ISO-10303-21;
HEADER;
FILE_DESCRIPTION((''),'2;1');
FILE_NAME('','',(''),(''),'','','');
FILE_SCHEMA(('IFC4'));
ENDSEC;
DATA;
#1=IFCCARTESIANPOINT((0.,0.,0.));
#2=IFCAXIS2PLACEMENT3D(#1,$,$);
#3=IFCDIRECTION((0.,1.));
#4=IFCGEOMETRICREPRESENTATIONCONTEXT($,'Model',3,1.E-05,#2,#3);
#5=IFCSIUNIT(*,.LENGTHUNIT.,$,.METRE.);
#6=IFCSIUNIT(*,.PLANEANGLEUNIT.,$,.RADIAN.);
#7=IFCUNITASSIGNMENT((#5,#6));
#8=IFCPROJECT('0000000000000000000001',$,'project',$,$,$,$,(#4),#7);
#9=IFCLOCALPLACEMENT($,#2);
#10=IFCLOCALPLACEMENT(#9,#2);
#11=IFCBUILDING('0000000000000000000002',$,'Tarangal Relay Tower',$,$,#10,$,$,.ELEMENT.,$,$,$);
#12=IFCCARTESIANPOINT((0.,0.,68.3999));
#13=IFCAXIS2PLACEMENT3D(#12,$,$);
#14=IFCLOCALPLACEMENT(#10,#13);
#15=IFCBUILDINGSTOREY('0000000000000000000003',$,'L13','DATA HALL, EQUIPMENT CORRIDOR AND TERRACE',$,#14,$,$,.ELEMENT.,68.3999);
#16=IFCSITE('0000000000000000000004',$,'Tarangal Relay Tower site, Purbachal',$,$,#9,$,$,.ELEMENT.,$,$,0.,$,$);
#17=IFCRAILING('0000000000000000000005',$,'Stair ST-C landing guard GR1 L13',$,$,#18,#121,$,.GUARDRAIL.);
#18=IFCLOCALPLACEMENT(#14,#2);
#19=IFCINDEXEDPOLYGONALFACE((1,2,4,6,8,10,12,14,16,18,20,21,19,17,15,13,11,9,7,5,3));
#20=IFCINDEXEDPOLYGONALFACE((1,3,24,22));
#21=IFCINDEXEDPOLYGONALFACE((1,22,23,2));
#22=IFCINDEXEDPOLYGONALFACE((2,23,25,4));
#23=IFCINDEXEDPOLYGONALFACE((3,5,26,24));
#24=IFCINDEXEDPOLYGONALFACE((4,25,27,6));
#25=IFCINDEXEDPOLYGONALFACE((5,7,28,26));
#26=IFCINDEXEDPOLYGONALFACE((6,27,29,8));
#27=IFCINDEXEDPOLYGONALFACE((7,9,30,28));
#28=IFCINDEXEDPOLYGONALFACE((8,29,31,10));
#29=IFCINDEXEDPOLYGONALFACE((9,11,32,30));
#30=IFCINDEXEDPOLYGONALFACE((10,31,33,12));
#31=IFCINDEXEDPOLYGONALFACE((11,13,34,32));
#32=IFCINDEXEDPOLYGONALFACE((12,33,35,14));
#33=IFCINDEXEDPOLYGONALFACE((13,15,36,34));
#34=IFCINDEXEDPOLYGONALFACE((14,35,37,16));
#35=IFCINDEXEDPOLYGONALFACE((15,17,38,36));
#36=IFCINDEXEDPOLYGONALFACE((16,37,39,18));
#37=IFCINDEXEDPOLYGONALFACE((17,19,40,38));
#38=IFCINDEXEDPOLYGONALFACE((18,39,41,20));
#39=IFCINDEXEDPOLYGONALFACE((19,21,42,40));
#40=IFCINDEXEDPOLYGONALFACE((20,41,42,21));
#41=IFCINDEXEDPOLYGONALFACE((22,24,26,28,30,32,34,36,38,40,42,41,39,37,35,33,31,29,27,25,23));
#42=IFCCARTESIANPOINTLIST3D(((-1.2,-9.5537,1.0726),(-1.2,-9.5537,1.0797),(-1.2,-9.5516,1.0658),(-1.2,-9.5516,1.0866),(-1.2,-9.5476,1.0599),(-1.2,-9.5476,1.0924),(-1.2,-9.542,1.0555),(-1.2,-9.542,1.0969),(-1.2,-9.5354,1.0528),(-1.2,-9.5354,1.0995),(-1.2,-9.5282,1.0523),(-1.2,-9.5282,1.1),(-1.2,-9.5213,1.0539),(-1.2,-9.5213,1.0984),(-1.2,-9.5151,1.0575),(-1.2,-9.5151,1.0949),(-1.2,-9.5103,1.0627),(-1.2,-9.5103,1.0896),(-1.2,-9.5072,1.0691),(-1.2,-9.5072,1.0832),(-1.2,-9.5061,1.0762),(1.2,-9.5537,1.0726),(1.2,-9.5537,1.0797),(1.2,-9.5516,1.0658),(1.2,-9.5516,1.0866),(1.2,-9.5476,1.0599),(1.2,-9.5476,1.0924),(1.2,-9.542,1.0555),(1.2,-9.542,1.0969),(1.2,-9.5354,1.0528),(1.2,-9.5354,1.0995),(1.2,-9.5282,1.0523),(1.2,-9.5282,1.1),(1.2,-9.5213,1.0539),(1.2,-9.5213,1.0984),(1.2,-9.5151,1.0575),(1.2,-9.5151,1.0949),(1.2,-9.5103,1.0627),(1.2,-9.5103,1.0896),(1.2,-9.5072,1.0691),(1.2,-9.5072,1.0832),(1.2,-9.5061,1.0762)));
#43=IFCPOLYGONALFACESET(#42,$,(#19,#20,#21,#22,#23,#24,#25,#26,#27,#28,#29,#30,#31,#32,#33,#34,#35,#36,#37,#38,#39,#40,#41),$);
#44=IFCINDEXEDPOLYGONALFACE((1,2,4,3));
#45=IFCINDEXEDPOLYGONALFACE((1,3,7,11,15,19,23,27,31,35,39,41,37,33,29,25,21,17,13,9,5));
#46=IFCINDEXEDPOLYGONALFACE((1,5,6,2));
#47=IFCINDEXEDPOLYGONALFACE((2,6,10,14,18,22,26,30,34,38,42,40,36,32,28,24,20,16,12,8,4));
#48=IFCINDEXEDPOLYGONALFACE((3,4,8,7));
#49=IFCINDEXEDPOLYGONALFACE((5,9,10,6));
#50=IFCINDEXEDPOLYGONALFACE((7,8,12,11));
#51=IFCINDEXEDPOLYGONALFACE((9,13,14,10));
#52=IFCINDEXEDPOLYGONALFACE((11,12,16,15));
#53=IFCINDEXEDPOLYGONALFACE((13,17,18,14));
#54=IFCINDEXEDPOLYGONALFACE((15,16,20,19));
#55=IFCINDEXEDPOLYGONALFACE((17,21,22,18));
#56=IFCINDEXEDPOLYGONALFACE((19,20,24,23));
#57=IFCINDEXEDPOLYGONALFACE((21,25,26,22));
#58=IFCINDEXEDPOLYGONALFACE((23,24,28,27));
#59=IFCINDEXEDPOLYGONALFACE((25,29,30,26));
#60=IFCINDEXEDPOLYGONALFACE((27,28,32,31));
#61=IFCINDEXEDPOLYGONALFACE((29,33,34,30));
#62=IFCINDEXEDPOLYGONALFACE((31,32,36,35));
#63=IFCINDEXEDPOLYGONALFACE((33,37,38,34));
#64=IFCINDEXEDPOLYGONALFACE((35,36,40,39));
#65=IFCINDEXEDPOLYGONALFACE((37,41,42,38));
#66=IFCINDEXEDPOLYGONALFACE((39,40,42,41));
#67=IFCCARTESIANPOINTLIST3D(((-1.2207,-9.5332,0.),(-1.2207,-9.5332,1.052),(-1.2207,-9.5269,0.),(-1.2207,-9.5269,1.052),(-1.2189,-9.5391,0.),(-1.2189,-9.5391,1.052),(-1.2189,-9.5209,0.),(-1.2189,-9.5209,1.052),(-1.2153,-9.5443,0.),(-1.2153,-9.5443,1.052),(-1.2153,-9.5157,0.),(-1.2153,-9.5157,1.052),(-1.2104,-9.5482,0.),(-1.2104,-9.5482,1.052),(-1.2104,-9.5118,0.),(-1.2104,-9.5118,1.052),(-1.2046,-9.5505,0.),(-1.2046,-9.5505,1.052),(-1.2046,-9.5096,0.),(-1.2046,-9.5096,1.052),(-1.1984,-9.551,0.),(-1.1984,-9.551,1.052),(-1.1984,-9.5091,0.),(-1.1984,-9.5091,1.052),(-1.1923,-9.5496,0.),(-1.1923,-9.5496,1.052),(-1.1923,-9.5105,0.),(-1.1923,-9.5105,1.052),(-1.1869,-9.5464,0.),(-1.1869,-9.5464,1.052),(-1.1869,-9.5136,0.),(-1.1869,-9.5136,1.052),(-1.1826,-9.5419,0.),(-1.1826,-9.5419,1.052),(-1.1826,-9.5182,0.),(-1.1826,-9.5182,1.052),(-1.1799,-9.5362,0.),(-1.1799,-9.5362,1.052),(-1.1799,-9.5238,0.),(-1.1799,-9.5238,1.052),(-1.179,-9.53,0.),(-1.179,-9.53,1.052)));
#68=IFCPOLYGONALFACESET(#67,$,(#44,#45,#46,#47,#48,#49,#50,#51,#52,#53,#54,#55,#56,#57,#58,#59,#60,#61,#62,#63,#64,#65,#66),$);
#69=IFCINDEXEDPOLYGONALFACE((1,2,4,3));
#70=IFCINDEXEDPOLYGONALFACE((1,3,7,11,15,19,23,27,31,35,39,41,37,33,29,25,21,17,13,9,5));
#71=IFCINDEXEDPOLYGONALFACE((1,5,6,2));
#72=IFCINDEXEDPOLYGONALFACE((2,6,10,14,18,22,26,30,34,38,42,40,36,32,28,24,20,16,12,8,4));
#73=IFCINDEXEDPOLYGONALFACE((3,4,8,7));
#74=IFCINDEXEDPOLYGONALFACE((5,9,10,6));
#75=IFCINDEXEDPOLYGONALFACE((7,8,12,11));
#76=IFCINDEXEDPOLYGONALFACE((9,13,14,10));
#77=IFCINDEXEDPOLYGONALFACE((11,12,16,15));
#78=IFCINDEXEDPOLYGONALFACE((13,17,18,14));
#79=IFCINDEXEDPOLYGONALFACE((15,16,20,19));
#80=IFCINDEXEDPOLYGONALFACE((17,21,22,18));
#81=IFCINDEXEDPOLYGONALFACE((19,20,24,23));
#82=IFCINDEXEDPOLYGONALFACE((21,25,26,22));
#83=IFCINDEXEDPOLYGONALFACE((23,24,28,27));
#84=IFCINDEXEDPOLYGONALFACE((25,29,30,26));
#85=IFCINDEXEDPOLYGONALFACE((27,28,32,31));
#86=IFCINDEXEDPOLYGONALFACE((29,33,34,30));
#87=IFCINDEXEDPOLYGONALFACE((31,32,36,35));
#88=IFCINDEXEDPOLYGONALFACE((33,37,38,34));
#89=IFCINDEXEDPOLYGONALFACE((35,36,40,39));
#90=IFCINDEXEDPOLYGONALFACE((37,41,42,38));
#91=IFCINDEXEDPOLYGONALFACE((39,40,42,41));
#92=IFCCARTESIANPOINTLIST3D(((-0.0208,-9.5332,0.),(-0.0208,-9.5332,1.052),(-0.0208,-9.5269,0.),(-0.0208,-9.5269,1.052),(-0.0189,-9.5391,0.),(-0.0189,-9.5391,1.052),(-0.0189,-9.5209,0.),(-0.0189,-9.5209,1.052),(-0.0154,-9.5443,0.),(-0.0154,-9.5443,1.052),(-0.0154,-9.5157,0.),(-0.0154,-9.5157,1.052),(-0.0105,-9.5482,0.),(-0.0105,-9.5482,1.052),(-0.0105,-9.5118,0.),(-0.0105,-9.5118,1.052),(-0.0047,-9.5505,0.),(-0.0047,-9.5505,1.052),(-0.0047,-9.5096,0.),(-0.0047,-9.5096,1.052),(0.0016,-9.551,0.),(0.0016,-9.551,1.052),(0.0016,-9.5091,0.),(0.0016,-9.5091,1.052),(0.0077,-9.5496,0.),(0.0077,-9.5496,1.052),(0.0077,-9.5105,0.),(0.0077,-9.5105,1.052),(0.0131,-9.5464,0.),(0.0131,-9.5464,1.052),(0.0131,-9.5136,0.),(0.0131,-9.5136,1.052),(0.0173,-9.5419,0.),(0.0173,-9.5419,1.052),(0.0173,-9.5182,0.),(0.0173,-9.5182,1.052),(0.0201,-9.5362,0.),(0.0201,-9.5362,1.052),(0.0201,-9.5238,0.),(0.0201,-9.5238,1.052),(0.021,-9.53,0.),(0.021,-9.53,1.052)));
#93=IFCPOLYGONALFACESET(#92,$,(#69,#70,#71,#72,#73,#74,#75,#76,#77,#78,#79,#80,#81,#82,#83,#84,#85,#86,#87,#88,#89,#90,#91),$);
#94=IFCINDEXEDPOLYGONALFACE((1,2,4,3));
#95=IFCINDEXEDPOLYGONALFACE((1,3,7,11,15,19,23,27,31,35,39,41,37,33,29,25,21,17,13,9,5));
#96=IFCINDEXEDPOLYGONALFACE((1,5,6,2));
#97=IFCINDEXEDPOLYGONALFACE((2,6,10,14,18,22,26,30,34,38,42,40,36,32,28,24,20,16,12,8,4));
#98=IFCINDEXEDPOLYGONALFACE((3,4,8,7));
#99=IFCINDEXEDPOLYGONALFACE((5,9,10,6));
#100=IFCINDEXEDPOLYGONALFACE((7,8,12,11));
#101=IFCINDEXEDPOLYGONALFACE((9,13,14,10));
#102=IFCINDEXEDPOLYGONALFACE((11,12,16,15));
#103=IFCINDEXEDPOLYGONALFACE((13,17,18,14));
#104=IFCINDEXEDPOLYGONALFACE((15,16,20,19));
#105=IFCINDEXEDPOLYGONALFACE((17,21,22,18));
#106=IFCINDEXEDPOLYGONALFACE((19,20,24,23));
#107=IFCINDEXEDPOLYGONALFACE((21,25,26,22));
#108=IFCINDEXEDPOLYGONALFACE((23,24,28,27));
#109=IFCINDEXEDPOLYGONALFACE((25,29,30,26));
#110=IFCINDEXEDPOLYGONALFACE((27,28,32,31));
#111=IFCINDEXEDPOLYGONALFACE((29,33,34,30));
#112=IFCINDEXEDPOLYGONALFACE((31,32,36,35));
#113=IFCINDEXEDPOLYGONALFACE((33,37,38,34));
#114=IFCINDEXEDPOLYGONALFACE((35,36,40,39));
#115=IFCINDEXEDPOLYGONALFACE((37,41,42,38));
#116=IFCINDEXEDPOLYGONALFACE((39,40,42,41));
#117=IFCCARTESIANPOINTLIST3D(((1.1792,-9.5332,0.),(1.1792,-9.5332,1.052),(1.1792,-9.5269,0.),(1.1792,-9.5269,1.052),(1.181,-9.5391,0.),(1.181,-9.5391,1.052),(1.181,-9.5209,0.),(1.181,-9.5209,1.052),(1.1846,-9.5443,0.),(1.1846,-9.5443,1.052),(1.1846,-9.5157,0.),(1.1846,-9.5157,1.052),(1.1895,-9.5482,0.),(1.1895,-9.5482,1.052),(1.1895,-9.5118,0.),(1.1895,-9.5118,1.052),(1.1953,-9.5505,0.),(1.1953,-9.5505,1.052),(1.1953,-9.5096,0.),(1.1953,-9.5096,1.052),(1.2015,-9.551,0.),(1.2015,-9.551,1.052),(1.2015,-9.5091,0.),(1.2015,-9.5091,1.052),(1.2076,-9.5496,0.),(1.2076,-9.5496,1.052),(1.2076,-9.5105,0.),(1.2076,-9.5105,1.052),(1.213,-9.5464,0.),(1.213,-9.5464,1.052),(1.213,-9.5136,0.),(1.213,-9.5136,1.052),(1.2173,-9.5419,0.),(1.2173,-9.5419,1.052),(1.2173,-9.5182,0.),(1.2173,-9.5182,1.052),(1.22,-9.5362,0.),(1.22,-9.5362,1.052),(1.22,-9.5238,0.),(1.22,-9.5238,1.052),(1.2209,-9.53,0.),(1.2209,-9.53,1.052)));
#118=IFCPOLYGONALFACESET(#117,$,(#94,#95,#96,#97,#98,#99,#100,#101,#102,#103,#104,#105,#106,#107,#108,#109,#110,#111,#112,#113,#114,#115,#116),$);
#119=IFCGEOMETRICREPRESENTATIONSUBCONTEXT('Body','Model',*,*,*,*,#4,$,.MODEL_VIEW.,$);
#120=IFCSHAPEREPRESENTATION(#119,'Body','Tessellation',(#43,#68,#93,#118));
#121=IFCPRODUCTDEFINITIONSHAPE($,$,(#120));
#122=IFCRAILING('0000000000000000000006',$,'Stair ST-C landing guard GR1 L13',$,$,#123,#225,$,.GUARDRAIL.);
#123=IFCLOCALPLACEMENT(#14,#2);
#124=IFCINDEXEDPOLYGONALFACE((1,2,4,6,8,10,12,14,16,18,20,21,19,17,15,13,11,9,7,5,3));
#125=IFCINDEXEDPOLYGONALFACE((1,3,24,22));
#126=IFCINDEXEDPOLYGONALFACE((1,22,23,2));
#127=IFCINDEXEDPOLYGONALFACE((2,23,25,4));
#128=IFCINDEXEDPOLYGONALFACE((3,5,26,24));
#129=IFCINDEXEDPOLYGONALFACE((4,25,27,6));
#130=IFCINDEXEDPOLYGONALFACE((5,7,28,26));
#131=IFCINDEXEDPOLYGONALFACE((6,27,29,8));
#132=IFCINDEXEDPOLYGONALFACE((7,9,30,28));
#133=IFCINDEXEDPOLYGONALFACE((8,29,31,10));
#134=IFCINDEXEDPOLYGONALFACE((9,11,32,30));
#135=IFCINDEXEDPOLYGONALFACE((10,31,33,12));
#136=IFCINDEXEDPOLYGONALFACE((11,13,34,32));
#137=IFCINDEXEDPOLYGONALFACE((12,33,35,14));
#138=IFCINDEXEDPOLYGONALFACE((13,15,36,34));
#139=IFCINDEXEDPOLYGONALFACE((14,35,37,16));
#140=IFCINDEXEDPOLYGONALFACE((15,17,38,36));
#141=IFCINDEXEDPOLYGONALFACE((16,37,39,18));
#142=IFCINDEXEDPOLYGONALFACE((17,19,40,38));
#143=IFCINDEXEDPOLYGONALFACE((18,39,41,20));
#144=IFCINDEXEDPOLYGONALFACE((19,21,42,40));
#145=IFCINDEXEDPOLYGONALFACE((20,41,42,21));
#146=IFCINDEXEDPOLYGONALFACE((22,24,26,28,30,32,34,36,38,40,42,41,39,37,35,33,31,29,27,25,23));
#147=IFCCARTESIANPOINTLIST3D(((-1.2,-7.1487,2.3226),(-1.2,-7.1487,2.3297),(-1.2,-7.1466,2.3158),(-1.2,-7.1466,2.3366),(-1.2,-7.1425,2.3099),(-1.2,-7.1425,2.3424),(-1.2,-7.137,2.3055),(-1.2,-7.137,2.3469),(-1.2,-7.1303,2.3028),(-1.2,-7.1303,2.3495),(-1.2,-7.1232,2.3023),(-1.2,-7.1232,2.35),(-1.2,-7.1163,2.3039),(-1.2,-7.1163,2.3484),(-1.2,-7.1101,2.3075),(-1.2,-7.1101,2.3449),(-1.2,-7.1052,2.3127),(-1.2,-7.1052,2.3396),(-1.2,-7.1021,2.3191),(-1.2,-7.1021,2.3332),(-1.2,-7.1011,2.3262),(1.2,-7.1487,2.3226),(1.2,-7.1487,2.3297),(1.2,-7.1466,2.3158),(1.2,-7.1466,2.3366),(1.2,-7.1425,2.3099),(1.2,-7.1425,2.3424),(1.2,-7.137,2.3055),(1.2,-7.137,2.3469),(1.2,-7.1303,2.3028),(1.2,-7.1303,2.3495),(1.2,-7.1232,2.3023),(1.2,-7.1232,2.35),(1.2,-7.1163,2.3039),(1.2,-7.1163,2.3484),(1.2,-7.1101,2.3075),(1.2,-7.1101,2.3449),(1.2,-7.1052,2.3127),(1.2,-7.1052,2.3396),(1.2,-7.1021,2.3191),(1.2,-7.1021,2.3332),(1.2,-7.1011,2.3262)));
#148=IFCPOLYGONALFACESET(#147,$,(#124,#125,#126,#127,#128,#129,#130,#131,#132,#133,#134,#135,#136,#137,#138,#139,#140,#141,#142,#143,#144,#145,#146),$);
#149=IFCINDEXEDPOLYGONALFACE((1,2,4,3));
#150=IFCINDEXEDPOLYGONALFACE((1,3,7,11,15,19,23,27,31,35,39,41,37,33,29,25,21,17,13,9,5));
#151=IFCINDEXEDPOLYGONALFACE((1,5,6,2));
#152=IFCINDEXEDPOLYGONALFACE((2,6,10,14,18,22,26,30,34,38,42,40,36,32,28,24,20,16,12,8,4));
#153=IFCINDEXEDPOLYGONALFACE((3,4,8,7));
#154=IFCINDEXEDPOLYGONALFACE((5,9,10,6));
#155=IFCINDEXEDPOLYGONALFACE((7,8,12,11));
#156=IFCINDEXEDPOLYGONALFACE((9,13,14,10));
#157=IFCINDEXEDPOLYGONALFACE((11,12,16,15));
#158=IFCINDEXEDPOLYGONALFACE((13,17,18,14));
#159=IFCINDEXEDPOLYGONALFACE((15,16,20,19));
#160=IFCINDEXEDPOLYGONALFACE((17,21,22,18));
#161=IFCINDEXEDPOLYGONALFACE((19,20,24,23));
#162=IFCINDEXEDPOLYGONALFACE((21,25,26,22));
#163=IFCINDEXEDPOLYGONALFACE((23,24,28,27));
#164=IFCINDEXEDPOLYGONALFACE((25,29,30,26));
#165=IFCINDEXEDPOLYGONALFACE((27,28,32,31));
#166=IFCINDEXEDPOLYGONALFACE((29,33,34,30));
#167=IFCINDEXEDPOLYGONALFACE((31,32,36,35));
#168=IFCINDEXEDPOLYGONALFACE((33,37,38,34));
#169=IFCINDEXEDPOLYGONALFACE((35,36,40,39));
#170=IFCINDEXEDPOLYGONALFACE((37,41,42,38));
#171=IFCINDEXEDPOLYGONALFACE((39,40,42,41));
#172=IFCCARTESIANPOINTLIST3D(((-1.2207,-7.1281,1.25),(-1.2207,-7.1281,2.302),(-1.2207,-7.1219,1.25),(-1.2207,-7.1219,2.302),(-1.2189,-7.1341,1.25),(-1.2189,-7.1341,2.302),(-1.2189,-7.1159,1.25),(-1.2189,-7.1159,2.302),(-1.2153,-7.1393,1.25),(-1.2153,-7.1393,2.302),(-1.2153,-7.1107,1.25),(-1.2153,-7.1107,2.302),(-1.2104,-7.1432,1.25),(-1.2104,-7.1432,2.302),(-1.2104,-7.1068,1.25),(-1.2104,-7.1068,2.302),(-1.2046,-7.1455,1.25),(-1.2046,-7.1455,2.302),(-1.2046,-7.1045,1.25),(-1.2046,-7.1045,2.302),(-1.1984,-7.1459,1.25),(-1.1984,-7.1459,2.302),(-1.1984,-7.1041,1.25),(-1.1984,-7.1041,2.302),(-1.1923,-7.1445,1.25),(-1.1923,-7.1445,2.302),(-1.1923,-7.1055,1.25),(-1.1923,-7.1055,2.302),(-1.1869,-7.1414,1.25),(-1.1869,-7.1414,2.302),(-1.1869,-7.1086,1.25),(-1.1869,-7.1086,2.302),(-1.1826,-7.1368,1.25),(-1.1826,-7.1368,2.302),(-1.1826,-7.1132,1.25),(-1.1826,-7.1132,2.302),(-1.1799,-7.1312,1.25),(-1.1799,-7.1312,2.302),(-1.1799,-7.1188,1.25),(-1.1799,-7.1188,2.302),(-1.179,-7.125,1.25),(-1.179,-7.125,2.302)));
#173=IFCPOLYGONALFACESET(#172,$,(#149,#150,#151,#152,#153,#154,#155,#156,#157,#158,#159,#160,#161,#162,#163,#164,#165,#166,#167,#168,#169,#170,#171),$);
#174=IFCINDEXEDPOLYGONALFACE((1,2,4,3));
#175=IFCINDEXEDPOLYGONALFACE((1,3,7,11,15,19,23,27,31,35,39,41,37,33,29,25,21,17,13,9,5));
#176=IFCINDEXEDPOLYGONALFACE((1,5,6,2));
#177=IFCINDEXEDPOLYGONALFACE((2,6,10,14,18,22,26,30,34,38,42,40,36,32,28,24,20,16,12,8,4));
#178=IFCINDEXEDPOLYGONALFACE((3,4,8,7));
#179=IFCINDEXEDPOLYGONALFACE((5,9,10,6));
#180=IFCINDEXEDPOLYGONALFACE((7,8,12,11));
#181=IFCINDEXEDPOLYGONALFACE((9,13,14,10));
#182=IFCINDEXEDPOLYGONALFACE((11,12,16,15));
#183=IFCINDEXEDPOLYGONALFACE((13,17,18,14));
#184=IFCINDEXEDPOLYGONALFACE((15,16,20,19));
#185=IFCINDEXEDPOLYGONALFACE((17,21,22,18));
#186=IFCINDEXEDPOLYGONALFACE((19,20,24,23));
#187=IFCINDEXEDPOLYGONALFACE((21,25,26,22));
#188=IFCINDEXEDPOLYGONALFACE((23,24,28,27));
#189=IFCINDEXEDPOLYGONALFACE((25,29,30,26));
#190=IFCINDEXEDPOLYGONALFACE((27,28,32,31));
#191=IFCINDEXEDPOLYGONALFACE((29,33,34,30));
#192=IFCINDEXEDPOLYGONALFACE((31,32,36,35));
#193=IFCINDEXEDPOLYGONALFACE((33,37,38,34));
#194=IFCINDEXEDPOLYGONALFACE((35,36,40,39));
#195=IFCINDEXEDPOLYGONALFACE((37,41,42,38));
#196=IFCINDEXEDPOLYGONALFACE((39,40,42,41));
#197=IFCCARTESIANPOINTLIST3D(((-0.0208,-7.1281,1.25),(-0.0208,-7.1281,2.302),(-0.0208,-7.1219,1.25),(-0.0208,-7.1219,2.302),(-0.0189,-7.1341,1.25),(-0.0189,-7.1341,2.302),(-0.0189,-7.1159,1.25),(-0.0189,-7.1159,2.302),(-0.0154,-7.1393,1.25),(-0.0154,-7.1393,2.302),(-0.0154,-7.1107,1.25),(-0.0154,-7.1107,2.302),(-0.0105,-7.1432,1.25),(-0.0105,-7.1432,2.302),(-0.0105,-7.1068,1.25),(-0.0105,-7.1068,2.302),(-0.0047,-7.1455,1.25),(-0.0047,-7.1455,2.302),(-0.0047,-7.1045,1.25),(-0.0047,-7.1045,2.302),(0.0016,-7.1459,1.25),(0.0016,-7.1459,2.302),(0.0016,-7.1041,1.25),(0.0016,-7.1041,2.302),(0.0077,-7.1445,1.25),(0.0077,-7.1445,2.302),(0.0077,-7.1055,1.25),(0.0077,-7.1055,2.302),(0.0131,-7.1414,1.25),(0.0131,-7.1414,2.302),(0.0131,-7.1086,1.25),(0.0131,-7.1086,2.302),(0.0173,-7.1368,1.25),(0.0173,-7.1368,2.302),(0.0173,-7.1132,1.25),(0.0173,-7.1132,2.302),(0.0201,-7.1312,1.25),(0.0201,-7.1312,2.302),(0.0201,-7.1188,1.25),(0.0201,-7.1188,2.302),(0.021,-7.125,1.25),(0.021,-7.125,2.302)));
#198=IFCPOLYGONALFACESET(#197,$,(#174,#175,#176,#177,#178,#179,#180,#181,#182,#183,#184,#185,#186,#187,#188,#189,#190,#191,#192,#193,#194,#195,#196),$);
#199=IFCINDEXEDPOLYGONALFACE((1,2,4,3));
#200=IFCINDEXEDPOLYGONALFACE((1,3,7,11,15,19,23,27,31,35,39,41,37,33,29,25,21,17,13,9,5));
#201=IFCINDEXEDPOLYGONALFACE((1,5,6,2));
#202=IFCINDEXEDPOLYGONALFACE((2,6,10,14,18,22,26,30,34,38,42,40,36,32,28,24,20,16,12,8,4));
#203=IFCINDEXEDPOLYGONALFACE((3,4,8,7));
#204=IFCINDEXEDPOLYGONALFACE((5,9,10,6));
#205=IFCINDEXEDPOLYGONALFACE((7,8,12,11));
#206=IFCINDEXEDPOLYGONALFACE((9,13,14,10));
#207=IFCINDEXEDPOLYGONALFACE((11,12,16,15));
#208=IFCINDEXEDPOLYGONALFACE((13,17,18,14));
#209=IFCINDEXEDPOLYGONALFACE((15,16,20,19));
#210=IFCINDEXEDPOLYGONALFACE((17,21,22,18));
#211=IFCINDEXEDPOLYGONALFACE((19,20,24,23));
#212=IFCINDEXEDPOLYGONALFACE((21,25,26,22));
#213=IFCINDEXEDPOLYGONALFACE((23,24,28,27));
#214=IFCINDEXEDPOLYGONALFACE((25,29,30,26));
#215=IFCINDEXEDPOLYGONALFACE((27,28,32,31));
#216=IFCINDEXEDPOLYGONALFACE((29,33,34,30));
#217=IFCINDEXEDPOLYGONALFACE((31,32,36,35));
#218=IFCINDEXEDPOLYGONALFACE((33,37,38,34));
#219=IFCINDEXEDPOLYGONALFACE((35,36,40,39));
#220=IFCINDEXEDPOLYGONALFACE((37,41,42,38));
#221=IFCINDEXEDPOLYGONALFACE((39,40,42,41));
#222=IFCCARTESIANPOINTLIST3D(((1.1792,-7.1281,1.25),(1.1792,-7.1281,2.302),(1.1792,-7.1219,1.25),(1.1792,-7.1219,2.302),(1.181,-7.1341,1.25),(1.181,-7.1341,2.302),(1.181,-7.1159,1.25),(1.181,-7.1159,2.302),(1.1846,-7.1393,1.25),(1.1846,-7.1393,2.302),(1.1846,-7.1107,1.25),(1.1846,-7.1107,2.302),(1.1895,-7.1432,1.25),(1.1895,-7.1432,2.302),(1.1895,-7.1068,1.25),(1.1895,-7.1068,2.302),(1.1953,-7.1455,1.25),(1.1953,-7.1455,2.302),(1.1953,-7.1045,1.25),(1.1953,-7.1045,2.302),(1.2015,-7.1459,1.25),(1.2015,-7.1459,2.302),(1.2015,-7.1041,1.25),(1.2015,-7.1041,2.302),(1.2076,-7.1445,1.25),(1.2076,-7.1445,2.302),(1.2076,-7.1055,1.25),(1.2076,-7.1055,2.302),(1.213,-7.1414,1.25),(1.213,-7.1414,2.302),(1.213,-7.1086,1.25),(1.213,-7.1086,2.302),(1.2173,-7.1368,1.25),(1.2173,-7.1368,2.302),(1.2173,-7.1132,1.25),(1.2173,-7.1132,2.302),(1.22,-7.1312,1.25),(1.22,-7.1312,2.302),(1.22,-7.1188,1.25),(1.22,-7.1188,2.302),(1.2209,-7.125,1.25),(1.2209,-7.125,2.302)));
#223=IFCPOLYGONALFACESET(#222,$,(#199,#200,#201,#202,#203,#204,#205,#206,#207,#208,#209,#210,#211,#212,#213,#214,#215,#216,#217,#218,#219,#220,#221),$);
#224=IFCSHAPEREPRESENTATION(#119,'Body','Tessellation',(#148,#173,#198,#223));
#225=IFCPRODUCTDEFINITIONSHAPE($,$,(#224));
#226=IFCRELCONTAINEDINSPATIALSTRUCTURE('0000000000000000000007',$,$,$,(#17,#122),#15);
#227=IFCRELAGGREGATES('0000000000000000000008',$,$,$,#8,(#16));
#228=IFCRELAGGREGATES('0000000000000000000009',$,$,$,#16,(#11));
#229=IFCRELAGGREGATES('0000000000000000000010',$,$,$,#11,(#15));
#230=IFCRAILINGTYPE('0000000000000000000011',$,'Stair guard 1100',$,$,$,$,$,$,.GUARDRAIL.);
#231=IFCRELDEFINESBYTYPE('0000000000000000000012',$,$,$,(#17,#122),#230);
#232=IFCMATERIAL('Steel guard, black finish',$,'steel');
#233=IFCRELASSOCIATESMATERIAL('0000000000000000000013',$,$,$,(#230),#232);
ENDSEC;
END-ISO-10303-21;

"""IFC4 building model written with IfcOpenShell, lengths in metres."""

from ifc_helpers import new_model, si_unit, direction, frame, origin, origin_2d, place, context, subcontext, project, spatial, circle, extrude, material, type_object, element, save


model = new_model("IFC4")

# Units and contexts
model_context = context("Model", 3, precision=1e-05, world=origin(), true_north=direction((0.0, 1.0)))
body_context = subcontext(model_context, "Body", "Model", "MODEL_VIEW")
ifc_project = project(units=[si_unit("LENGTHUNIT", "METRE"), si_unit("PLANEANGLEUNIT", "RADIAN")], contexts=[model_context])

# Site, building, storey
site_placement = place(None, origin())
site = spatial("IfcSite", under=ifc_project, at=site_placement, Name="Tarangal Relay Tower site, Purbachal", CompositionType="ELEMENT", RefElevation=0.0)
building_placement = place(site_placement, origin())
building = spatial("IfcBuilding", under=site, at=building_placement, Name="Tarangal Relay Tower", CompositionType="ELEMENT")
storey_placement = place(building_placement, frame((0.0, 0.0, 68.3999)))
storey = spatial("IfcBuildingStorey", under=building, at=storey_placement, Name="L13", Description="DATA HALL, EQUIPMENT CORRIDOR AND TERRACE", CompositionType="ELEMENT", Elevation=68.3999)

# Railings
ifc_material_1 = material(Name="Steel guard, black finish", Category="steel")
railing_type_1 = type_object("IfcRailingType", Name="Stair guard 1100", PredefinedType="GUARDRAIL", material=ifc_material_1)
for number, where, name in (
    (1, (-1.2, -9.53, 0.0), "Stair ST-C landing guard GR1 L13"),
    (2, (-1.2, -7.125, 1.25), "Stair ST-C landing guard GR1 L13"),
):
    element("IfcRailing", number, at=place(storey_placement, frame(where)), inside=storey, type_object=railing_type_1, Name=name, PredefinedType="GUARDRAIL", context=body_context, shape_type="SweptSolid", body=[
        extrude(circle(Radius=0.0239, at=origin_2d()), frame((0.0, 0.0, 1.0762), z_axis=(1.0, 0.0, 0.0), x_axis=(0.0, 1.0, 0.0)), (0.0, 0.0, 1.0), 2.3999),
        extrude(circle(Radius=0.021, at=origin_2d()), origin(), (0.0, 0.0, 1.0), 1.052),
        extrude(circle(Radius=0.021, at=origin_2d()), frame((1.2, 0.0, 0.0)), (0.0, 0.0, 1.0), 1.052),
        extrude(circle(Radius=0.021, at=origin_2d()), frame((2.3999, 0.0, 0.0)), (0.0, 0.0, 1.0), 1.052),
    ])

save(model, "model.ifc")
